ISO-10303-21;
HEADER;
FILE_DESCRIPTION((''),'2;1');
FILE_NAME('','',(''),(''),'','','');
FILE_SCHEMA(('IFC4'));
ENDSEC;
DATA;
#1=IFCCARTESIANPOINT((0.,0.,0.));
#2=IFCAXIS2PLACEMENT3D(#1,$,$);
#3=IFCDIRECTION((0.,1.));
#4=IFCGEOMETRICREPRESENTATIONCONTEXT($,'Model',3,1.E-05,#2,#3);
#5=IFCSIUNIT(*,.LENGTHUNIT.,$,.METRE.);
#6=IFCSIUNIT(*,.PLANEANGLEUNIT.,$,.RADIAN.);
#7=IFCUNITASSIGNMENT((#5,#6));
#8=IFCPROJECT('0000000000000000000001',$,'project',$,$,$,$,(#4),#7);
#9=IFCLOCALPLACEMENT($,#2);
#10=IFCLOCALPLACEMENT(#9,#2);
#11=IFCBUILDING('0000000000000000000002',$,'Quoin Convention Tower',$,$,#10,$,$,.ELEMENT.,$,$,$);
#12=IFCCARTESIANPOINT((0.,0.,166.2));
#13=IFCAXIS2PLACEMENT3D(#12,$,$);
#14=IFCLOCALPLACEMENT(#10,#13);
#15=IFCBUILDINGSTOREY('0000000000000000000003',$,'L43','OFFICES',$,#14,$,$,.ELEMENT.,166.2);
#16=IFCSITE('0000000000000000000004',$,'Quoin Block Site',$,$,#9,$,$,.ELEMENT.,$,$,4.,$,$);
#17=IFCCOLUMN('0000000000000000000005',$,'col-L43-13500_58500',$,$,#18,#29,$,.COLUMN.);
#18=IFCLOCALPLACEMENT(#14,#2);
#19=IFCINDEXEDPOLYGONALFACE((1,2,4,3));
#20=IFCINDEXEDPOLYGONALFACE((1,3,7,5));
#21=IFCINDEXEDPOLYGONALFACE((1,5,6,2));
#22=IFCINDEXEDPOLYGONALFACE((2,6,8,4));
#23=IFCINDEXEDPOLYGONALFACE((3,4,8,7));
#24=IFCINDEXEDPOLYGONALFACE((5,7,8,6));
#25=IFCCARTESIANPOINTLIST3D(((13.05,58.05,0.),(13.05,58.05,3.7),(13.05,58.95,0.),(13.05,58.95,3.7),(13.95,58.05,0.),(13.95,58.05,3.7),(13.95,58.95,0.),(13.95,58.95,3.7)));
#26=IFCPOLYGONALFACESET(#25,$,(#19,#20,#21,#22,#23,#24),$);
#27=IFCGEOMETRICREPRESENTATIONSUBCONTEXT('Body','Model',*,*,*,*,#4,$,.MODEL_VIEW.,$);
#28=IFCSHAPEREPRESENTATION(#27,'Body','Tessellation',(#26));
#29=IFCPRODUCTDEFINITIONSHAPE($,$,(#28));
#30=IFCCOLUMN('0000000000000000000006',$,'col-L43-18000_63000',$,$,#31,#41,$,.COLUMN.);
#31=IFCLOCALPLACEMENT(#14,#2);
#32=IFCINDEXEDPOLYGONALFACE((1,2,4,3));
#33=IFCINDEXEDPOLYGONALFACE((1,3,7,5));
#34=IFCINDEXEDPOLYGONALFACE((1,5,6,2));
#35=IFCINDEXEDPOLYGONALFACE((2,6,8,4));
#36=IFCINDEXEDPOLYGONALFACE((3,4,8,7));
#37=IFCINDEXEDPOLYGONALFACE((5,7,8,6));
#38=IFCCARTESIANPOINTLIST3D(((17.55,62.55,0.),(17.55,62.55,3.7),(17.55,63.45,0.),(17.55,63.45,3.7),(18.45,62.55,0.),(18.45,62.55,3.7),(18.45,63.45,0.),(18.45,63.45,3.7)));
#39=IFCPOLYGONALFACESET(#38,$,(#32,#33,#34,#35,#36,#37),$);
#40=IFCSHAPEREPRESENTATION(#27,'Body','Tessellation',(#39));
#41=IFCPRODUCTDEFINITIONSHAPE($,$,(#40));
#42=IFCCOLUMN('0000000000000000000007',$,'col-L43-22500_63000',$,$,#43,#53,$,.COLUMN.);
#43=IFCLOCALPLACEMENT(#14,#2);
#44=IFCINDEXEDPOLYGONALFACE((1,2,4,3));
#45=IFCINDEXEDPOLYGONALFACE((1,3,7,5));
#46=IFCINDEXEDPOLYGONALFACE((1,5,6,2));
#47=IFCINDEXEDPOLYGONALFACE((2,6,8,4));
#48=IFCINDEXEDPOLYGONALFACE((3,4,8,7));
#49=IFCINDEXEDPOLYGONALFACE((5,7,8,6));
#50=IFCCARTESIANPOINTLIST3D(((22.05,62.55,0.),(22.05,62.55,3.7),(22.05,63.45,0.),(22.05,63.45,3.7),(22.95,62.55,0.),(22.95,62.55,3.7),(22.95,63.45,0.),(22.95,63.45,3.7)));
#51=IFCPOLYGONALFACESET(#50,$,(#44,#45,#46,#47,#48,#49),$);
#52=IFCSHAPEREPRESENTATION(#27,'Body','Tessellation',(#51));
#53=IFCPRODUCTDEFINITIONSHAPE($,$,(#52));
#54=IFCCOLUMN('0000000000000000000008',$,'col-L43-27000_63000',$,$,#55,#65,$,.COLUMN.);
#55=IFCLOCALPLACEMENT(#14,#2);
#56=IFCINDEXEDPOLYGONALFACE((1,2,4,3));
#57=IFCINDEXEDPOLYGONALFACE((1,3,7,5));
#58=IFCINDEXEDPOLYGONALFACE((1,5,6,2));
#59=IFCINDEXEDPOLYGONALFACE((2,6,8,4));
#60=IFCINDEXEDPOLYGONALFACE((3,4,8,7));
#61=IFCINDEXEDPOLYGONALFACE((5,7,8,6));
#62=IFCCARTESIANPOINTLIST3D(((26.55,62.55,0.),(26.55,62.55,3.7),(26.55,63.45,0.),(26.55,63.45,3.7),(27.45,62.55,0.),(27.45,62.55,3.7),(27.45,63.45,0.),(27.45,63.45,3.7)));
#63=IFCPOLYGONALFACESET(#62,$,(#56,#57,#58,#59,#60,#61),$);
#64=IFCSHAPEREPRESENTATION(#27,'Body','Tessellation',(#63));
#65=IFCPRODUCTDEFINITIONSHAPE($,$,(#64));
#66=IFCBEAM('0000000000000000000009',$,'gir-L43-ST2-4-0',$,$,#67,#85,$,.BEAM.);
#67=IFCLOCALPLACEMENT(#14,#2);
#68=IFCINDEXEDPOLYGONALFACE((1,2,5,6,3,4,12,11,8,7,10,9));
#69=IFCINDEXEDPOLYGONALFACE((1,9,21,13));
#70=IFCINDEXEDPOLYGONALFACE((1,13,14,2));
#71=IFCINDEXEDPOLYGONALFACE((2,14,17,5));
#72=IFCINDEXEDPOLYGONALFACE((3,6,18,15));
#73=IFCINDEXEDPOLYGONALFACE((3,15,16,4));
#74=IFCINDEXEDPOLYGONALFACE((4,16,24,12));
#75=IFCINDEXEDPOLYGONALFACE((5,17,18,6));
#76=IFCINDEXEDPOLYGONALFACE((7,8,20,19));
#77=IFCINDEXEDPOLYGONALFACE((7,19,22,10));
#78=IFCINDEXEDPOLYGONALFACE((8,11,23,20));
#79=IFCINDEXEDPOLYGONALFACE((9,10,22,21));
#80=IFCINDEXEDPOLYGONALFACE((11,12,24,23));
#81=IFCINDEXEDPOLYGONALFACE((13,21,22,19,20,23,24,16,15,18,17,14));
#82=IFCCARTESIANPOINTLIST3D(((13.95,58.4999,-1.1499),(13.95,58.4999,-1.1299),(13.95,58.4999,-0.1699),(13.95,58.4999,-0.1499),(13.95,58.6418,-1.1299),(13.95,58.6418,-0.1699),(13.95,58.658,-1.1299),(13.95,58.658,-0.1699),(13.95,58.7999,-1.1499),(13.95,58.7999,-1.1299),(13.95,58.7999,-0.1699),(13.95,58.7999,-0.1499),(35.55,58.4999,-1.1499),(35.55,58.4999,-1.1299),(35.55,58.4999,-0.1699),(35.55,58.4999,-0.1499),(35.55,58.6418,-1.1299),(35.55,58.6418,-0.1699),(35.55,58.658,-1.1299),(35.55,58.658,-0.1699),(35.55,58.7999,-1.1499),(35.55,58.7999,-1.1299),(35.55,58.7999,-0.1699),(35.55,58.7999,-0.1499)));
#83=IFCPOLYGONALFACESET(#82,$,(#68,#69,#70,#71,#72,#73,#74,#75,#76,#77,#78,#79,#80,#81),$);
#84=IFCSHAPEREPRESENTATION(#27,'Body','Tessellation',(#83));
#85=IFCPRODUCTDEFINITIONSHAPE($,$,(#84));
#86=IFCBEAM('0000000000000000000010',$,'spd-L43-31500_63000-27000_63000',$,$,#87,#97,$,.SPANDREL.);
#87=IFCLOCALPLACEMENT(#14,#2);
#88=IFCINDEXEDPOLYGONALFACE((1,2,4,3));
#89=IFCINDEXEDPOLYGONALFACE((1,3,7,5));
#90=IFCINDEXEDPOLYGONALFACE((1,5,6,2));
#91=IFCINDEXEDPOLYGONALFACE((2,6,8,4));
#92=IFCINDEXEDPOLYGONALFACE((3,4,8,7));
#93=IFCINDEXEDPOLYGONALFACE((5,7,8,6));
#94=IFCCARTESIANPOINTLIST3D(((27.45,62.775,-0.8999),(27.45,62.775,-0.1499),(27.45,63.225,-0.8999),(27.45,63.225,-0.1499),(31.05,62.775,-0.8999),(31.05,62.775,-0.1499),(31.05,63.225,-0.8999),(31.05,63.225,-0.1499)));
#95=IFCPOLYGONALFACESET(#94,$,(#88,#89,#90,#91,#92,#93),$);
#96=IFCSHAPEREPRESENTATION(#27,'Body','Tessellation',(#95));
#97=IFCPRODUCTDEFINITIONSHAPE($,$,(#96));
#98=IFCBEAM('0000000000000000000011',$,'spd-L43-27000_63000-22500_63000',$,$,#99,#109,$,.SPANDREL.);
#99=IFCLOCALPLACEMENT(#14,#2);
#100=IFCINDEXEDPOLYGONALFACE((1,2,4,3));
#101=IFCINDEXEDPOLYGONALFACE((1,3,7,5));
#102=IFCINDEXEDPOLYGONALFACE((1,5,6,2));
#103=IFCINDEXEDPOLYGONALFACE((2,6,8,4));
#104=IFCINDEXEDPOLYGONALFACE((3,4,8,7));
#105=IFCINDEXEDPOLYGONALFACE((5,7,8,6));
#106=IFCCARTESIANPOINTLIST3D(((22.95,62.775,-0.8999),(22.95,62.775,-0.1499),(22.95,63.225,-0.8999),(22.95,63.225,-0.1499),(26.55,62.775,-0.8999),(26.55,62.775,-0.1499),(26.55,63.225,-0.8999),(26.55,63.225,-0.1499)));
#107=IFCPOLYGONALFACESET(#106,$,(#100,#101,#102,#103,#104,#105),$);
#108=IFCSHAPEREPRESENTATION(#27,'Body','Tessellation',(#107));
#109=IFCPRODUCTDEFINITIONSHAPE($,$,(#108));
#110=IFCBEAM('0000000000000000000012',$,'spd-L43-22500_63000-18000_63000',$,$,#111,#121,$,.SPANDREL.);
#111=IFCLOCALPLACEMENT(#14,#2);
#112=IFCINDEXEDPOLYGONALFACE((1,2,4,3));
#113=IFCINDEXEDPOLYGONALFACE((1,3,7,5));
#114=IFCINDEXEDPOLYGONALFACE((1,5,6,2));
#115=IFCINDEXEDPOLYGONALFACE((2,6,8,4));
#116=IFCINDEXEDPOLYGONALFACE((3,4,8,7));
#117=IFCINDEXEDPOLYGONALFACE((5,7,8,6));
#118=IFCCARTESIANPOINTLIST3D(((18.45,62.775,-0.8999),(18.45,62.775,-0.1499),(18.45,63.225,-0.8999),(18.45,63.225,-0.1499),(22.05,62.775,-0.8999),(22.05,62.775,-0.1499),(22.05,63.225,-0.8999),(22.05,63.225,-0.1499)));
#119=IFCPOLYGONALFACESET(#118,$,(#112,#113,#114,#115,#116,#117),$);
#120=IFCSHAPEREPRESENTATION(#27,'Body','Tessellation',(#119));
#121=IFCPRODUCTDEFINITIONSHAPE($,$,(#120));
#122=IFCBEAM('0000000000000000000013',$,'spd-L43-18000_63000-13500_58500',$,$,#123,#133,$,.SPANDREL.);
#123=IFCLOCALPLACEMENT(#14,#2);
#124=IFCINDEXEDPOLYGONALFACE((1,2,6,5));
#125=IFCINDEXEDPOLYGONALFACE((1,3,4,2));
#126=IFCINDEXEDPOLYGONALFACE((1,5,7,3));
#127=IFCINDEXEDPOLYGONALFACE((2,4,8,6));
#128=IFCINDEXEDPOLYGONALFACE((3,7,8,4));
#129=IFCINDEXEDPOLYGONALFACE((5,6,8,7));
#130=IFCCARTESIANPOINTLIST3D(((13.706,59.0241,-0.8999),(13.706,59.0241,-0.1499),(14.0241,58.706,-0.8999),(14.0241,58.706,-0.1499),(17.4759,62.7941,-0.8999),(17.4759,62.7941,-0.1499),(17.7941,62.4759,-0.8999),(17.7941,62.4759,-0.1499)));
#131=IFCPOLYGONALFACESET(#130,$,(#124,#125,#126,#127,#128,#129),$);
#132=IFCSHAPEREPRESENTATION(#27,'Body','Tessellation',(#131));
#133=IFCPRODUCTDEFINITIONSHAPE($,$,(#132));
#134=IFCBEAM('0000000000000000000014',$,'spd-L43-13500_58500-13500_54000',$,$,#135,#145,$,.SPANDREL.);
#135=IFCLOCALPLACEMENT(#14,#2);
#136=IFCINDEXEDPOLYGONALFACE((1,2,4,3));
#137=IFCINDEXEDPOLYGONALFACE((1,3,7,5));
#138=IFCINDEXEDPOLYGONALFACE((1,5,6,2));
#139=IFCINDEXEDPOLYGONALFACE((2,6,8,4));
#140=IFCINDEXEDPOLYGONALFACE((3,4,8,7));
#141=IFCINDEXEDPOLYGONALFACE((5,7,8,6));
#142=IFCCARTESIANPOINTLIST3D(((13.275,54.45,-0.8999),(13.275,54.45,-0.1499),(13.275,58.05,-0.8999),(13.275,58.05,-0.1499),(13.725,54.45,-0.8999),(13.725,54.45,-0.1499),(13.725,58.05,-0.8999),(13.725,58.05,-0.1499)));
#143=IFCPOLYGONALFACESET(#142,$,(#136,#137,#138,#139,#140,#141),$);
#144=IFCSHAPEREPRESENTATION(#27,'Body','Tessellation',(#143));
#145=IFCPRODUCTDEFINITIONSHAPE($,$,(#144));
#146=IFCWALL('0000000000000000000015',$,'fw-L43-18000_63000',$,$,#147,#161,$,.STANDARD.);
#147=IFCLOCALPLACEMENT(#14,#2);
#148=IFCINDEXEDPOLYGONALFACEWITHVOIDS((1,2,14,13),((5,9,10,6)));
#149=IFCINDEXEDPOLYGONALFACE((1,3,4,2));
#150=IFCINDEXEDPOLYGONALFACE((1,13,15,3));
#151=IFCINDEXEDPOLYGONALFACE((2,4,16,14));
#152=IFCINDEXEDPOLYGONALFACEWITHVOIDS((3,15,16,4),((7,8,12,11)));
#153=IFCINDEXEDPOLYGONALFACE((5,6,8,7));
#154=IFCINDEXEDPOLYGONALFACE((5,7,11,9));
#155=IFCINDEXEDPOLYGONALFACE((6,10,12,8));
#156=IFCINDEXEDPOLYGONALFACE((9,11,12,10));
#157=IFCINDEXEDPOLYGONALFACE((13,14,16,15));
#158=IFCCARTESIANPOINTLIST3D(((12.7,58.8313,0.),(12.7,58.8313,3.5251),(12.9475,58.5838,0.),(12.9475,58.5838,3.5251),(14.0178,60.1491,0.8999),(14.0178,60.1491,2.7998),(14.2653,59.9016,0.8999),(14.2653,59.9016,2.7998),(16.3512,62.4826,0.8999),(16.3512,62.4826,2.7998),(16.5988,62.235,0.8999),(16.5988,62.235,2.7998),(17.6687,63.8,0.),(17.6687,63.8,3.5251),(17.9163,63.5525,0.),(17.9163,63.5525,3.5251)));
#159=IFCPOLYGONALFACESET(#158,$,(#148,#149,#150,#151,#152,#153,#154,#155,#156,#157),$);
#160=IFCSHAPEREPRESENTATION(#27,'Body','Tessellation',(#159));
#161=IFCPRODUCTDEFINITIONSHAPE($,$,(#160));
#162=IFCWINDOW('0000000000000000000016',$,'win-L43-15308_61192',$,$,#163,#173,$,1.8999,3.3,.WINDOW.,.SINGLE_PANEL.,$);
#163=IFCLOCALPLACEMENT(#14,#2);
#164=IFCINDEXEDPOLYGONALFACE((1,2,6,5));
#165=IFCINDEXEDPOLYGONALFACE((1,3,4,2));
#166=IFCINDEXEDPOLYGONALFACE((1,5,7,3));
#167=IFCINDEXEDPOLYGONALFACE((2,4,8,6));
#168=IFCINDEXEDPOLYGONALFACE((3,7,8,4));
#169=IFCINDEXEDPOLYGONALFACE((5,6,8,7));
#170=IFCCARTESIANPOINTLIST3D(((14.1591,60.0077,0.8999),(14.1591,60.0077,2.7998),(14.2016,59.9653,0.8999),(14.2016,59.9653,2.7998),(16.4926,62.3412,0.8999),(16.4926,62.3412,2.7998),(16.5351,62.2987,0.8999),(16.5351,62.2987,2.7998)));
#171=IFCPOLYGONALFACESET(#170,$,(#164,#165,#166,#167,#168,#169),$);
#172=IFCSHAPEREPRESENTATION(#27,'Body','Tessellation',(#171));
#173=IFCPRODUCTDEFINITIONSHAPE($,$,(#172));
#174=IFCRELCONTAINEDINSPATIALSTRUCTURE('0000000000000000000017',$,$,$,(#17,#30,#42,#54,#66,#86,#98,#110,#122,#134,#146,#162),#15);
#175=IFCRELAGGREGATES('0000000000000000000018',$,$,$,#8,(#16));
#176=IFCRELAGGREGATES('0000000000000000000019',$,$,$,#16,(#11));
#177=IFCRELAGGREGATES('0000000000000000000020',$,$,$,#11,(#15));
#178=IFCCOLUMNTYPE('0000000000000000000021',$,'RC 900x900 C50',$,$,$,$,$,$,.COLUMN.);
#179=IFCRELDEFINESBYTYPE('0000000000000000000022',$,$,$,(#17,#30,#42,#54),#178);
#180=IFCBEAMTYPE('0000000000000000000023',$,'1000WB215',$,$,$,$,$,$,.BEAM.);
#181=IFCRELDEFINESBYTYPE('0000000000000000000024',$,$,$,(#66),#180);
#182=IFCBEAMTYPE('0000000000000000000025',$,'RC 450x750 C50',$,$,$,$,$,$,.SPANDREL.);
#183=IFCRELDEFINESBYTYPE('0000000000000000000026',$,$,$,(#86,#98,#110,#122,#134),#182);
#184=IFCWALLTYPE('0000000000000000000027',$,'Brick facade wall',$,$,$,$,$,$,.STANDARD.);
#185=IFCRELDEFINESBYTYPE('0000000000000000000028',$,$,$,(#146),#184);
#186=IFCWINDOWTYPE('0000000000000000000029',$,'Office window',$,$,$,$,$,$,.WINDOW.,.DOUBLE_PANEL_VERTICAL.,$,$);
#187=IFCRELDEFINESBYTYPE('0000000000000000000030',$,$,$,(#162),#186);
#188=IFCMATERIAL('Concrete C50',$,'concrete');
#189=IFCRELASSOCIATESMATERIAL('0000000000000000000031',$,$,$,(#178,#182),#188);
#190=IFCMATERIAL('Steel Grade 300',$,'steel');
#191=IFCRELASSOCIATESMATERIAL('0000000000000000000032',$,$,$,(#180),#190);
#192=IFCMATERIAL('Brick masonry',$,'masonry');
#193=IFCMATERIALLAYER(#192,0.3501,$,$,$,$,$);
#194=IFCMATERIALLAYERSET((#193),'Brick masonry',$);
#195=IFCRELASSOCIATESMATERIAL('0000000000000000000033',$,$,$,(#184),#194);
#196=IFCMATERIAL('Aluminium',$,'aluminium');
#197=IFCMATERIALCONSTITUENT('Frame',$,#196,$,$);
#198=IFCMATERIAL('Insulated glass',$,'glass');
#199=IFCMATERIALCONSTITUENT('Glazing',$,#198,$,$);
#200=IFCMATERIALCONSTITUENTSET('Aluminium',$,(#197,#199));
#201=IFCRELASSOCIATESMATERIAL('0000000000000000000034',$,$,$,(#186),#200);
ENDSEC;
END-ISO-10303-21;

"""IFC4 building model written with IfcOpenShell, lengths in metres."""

from ifc_helpers import new_model, si_unit, direction, frame, frame_2d, origin, origin_2d, place, context, subcontext, project, spatial, rectangle, i_section, extrude, material, layer, layer_set, constituent, constituent_set, material_profile, profile_set, type_object, element, fill, save


model = new_model("IFC4")

# Units and contexts
model_context = context("Model", 3, precision=1e-05, world=origin(), true_north=direction((0.0, 1.0)))
body_context = subcontext(model_context, "Body", "Model", "MODEL_VIEW")
ifc_project = project(units=[si_unit("LENGTHUNIT", "METRE"), si_unit("PLANEANGLEUNIT", "RADIAN")], contexts=[model_context])

# Site, building, storey
site_placement = place(None, origin())
site = spatial("IfcSite", under=ifc_project, at=site_placement, Name="Quoin Block Site", CompositionType="ELEMENT", RefElevation=4.0)
building_placement = place(site_placement, origin())
building = spatial("IfcBuilding", under=site, at=building_placement, Name="Quoin Convention Tower", CompositionType="ELEMENT")
storey_placement = place(building_placement, frame((0.0, 0.0, 166.2)))
storey = spatial("IfcBuildingStorey", under=building, at=storey_placement, Name="L43", Description="OFFICES", CompositionType="ELEMENT", Elevation=166.2)

# Columns
ifc_material_1 = material(Name="Concrete C50", Category="concrete")
ifc_material_profile_1 = material_profile(ifc_material_1, rectangle(XDim=0.8999, YDim=0.8999, at=origin_2d()), Name="RC 900x900")
ifc_profile_set_1 = profile_set([ifc_material_profile_1], Name="Concrete C50")
column_type = type_object("IfcColumnType", Name="RC 900x900 C50", PredefinedType="COLUMN", material=ifc_profile_set_1)
for number, where, z_axis, x_axis, name in (
    (1, (13.5, 58.5, 0.0), (0.0, 0.0, 1.0), (1.0, 0.0, 0.0), "col-L43-13500_58500"),
    (2, (18.0, 63.0, 0.0), (0.0, 0.0, 1.0), (1.0, 0.0, 0.0), "col-L43-18000_63000"),
    (3, (22.5, 63.0, 0.0), (0.0, 0.0, 1.0), (1.0, 0.0, 0.0), "col-L43-22500_63000"),
    (4, (27.0, 63.0, 0.0), (0.0, 0.0, 1.0), (1.0, 0.0, 0.0), "col-L43-27000_63000"),
):
    element("IfcColumn", number, at=place(storey_placement, frame(where, z_axis=z_axis, x_axis=x_axis)), inside=storey, type_object=column_type, Name=name, PredefinedType="COLUMN", context=body_context, shape_type="SweptSolid", body=[
        extrude(rectangle(XDim=0.8999, YDim=0.8999, at=origin_2d()), origin(), (0.0, 0.0, 1.0), 3.7),
    ])

# Beams
ifc_material_2 = material(Name="Steel Grade 300", Category="steel")
ifc_material_profile_2 = material_profile(ifc_material_2, i_section(OverallWidth=0.3, OverallDepth=1.0, WebThickness=0.0161, FlangeThickness=0.02, at=origin_2d()), Name="1000WB215")
ifc_profile_set_2 = profile_set([ifc_material_profile_2], Name="Steel Grade 300")
beam_type_1 = type_object("IfcBeamType", Name="1000WB215", PredefinedType="BEAM", material=ifc_profile_set_2)
beam_1_placement = place(storey_placement, frame((13.95, 58.6499, -0.6499), z_axis=(1.0, 0.0, 0.0), x_axis=(0.0, 1.0, 0.0)))
element("IfcBeam", 5, at=beam_1_placement, inside=storey, type_object=beam_type_1, Name="gir-L43-ST2-4-0", PredefinedType="BEAM", context=body_context, shape_type="SweptSolid", body=[
    extrude(i_section(OverallWidth=0.3, OverallDepth=1.0, WebThickness=0.0161, FlangeThickness=0.02, at=origin_2d()), origin(), (0.0, 0.0, 1.0), 21.6001),
])
ifc_material_profile_3 = material_profile(ifc_material_1, rectangle(XDim=0.45, YDim=0.75, at=origin_2d()), Name="RC 450x750")
ifc_profile_set_3 = profile_set([ifc_material_profile_3], Name="Concrete C50")
beam_type_2 = type_object("IfcBeamType", Name="RC 450x750 C50", PredefinedType="SPANDREL", material=ifc_profile_set_3)
for number, where, z_axis, x_axis, name in (
    (6, (31.05, 63.0, -0.5249), (-1.0, 0.0, 0.0), (0.0, -1.0, 0.0), "spd-L43-31500_63000-27000_63000"),
    (7, (26.55, 63.0, -0.5249), (-1.0, 0.0, 0.0), (0.0, -1.0, 0.0), "spd-L43-27000_63000-22500_63000"),
    (8, (22.05, 63.0, -0.5249), (-1.0, 0.0, 0.0), (0.0, -1.0, 0.0), "spd-L43-22500_63000-18000_63000"),
):
    element("IfcBeam", number, at=place(storey_placement, frame(where, z_axis=z_axis, x_axis=x_axis)), inside=storey, type_object=beam_type_2, Name=name, PredefinedType="SPANDREL", context=body_context, shape_type="SweptSolid", body=[
        extrude(rectangle(XDim=0.45, YDim=0.75, at=origin_2d()), origin(), (0.0, 0.0, 1.0), 3.6001),
    ])
beam_2_placement = place(storey_placement, frame((17.635, 62.635, -0.5249), z_axis=(-0.707107, -0.707107, 0.0), x_axis=(0.707107, -0.707107, 0.0)))
element("IfcBeam", 9, at=beam_2_placement, inside=storey, type_object=beam_type_2, Name="spd-L43-18000_63000-13500_58500", PredefinedType="SPANDREL", context=body_context, shape_type="SweptSolid", body=[
    extrude(rectangle(XDim=0.45, YDim=0.75, at=origin_2d()), origin(), (0.0, 0.0, 1.0), 5.3315),
])
beam_3_placement = place(storey_placement, frame((13.5, 58.05, -0.5249), z_axis=(0.0, -1.0, 0.0), x_axis=(1.0, 0.0, 0.0)))
element("IfcBeam", 10, at=beam_3_placement, inside=storey, type_object=beam_type_2, Name="spd-L43-13500_58500-13500_54000", PredefinedType="SPANDREL", context=body_context, shape_type="SweptSolid", body=[
    extrude(rectangle(XDim=0.45, YDim=0.75, at=origin_2d()), origin(), (0.0, 0.0, 1.0), 3.6001),
])

# Wall, opening, window
ifc_material_3 = material(Name="Brick masonry", Category="masonry")
ifc_layer_1 = layer(ifc_material_3, 0.3501)
ifc_layer_set_1 = layer_set([ifc_layer_1], Name="Brick masonry")
wall_type_1 = type_object("IfcWallType", Name="Brick facade wall", PredefinedType="STANDARD", material=ifc_layer_set_1)
wall_1_placement = place(storey_placement, frame((17.7925, 63.6763, 0.0), z_axis=(0.0, 0.0, 1.0), x_axis=(-0.707107, -0.707107, 0.0)))
wall_1 = element("IfcWall", 11, at=wall_1_placement, inside=storey, type_object=wall_type_1, Name="fw-L43-18000_63000", PredefinedType="STANDARD", context=body_context, shape_type="SweptSolid", body=[
    extrude(rectangle(XDim=7.0269, YDim=0.3501, at=frame_2d((3.5134, 0.0))), origin(), (0.0, 0.0, 1.0), 3.5251),
])
opening_1_placement = place(wall_1_placement, frame((1.8633, 0.0, 0.8999)))
opening_1 = element("IfcOpeningElement", 12, at=opening_1_placement, cuts=wall_1, PredefinedType="OPENING", context=body_context, shape_type="SweptSolid", body=[
    extrude(rectangle(XDim=3.3, YDim=1.8999, at=frame_2d((1.6499, 0.95))), frame((0.0, 0.1851, 0.0), z_axis=(0.0, -1.0, 0.0), x_axis=(1.0, 0.0, 0.0)), (0.0, 0.0, 1.0), 0.3701),
])
ifc_material_4 = material(Name="Aluminium", Category="aluminium")
ifc_constituent_1 = constituent(ifc_material_4, Name="Frame")
ifc_material_5 = material(Name="Insulated glass", Category="glass")
ifc_constituent_2 = constituent(ifc_material_5, Name="Glazing")
ifc_constituent_set = constituent_set(constituents=[ifc_constituent_1, ifc_constituent_2], Name="Aluminium")
window_type = type_object("IfcWindowType", Name="Office window", PartitioningType="DOUBLE_PANEL_VERTICAL", PredefinedType="WINDOW", material=ifc_constituent_set)
window_1_placement = place(opening_1_placement, origin())
window_1 = element("IfcWindow", 13, at=window_1_placement, inside=storey, type_object=window_type, Name="win-L43-15308_61192", OverallHeight=1.8999, OverallWidth=3.3, PartitioningType="SINGLE_PANEL", PredefinedType="WINDOW", context=body_context, shape_type="SweptSolid", body=[
    extrude(rectangle(XDim=3.3, YDim=1.8999, at=frame_2d((1.6499, 0.95))), frame((0.0, 0.085, 0.0), z_axis=(0.0, -1.0, 0.0), x_axis=(1.0, 0.0, 0.0)), (0.0, 0.0, 1.0), 0.0601),
])
fill(opening_1, window_1)

save(model, "model.ifc")
